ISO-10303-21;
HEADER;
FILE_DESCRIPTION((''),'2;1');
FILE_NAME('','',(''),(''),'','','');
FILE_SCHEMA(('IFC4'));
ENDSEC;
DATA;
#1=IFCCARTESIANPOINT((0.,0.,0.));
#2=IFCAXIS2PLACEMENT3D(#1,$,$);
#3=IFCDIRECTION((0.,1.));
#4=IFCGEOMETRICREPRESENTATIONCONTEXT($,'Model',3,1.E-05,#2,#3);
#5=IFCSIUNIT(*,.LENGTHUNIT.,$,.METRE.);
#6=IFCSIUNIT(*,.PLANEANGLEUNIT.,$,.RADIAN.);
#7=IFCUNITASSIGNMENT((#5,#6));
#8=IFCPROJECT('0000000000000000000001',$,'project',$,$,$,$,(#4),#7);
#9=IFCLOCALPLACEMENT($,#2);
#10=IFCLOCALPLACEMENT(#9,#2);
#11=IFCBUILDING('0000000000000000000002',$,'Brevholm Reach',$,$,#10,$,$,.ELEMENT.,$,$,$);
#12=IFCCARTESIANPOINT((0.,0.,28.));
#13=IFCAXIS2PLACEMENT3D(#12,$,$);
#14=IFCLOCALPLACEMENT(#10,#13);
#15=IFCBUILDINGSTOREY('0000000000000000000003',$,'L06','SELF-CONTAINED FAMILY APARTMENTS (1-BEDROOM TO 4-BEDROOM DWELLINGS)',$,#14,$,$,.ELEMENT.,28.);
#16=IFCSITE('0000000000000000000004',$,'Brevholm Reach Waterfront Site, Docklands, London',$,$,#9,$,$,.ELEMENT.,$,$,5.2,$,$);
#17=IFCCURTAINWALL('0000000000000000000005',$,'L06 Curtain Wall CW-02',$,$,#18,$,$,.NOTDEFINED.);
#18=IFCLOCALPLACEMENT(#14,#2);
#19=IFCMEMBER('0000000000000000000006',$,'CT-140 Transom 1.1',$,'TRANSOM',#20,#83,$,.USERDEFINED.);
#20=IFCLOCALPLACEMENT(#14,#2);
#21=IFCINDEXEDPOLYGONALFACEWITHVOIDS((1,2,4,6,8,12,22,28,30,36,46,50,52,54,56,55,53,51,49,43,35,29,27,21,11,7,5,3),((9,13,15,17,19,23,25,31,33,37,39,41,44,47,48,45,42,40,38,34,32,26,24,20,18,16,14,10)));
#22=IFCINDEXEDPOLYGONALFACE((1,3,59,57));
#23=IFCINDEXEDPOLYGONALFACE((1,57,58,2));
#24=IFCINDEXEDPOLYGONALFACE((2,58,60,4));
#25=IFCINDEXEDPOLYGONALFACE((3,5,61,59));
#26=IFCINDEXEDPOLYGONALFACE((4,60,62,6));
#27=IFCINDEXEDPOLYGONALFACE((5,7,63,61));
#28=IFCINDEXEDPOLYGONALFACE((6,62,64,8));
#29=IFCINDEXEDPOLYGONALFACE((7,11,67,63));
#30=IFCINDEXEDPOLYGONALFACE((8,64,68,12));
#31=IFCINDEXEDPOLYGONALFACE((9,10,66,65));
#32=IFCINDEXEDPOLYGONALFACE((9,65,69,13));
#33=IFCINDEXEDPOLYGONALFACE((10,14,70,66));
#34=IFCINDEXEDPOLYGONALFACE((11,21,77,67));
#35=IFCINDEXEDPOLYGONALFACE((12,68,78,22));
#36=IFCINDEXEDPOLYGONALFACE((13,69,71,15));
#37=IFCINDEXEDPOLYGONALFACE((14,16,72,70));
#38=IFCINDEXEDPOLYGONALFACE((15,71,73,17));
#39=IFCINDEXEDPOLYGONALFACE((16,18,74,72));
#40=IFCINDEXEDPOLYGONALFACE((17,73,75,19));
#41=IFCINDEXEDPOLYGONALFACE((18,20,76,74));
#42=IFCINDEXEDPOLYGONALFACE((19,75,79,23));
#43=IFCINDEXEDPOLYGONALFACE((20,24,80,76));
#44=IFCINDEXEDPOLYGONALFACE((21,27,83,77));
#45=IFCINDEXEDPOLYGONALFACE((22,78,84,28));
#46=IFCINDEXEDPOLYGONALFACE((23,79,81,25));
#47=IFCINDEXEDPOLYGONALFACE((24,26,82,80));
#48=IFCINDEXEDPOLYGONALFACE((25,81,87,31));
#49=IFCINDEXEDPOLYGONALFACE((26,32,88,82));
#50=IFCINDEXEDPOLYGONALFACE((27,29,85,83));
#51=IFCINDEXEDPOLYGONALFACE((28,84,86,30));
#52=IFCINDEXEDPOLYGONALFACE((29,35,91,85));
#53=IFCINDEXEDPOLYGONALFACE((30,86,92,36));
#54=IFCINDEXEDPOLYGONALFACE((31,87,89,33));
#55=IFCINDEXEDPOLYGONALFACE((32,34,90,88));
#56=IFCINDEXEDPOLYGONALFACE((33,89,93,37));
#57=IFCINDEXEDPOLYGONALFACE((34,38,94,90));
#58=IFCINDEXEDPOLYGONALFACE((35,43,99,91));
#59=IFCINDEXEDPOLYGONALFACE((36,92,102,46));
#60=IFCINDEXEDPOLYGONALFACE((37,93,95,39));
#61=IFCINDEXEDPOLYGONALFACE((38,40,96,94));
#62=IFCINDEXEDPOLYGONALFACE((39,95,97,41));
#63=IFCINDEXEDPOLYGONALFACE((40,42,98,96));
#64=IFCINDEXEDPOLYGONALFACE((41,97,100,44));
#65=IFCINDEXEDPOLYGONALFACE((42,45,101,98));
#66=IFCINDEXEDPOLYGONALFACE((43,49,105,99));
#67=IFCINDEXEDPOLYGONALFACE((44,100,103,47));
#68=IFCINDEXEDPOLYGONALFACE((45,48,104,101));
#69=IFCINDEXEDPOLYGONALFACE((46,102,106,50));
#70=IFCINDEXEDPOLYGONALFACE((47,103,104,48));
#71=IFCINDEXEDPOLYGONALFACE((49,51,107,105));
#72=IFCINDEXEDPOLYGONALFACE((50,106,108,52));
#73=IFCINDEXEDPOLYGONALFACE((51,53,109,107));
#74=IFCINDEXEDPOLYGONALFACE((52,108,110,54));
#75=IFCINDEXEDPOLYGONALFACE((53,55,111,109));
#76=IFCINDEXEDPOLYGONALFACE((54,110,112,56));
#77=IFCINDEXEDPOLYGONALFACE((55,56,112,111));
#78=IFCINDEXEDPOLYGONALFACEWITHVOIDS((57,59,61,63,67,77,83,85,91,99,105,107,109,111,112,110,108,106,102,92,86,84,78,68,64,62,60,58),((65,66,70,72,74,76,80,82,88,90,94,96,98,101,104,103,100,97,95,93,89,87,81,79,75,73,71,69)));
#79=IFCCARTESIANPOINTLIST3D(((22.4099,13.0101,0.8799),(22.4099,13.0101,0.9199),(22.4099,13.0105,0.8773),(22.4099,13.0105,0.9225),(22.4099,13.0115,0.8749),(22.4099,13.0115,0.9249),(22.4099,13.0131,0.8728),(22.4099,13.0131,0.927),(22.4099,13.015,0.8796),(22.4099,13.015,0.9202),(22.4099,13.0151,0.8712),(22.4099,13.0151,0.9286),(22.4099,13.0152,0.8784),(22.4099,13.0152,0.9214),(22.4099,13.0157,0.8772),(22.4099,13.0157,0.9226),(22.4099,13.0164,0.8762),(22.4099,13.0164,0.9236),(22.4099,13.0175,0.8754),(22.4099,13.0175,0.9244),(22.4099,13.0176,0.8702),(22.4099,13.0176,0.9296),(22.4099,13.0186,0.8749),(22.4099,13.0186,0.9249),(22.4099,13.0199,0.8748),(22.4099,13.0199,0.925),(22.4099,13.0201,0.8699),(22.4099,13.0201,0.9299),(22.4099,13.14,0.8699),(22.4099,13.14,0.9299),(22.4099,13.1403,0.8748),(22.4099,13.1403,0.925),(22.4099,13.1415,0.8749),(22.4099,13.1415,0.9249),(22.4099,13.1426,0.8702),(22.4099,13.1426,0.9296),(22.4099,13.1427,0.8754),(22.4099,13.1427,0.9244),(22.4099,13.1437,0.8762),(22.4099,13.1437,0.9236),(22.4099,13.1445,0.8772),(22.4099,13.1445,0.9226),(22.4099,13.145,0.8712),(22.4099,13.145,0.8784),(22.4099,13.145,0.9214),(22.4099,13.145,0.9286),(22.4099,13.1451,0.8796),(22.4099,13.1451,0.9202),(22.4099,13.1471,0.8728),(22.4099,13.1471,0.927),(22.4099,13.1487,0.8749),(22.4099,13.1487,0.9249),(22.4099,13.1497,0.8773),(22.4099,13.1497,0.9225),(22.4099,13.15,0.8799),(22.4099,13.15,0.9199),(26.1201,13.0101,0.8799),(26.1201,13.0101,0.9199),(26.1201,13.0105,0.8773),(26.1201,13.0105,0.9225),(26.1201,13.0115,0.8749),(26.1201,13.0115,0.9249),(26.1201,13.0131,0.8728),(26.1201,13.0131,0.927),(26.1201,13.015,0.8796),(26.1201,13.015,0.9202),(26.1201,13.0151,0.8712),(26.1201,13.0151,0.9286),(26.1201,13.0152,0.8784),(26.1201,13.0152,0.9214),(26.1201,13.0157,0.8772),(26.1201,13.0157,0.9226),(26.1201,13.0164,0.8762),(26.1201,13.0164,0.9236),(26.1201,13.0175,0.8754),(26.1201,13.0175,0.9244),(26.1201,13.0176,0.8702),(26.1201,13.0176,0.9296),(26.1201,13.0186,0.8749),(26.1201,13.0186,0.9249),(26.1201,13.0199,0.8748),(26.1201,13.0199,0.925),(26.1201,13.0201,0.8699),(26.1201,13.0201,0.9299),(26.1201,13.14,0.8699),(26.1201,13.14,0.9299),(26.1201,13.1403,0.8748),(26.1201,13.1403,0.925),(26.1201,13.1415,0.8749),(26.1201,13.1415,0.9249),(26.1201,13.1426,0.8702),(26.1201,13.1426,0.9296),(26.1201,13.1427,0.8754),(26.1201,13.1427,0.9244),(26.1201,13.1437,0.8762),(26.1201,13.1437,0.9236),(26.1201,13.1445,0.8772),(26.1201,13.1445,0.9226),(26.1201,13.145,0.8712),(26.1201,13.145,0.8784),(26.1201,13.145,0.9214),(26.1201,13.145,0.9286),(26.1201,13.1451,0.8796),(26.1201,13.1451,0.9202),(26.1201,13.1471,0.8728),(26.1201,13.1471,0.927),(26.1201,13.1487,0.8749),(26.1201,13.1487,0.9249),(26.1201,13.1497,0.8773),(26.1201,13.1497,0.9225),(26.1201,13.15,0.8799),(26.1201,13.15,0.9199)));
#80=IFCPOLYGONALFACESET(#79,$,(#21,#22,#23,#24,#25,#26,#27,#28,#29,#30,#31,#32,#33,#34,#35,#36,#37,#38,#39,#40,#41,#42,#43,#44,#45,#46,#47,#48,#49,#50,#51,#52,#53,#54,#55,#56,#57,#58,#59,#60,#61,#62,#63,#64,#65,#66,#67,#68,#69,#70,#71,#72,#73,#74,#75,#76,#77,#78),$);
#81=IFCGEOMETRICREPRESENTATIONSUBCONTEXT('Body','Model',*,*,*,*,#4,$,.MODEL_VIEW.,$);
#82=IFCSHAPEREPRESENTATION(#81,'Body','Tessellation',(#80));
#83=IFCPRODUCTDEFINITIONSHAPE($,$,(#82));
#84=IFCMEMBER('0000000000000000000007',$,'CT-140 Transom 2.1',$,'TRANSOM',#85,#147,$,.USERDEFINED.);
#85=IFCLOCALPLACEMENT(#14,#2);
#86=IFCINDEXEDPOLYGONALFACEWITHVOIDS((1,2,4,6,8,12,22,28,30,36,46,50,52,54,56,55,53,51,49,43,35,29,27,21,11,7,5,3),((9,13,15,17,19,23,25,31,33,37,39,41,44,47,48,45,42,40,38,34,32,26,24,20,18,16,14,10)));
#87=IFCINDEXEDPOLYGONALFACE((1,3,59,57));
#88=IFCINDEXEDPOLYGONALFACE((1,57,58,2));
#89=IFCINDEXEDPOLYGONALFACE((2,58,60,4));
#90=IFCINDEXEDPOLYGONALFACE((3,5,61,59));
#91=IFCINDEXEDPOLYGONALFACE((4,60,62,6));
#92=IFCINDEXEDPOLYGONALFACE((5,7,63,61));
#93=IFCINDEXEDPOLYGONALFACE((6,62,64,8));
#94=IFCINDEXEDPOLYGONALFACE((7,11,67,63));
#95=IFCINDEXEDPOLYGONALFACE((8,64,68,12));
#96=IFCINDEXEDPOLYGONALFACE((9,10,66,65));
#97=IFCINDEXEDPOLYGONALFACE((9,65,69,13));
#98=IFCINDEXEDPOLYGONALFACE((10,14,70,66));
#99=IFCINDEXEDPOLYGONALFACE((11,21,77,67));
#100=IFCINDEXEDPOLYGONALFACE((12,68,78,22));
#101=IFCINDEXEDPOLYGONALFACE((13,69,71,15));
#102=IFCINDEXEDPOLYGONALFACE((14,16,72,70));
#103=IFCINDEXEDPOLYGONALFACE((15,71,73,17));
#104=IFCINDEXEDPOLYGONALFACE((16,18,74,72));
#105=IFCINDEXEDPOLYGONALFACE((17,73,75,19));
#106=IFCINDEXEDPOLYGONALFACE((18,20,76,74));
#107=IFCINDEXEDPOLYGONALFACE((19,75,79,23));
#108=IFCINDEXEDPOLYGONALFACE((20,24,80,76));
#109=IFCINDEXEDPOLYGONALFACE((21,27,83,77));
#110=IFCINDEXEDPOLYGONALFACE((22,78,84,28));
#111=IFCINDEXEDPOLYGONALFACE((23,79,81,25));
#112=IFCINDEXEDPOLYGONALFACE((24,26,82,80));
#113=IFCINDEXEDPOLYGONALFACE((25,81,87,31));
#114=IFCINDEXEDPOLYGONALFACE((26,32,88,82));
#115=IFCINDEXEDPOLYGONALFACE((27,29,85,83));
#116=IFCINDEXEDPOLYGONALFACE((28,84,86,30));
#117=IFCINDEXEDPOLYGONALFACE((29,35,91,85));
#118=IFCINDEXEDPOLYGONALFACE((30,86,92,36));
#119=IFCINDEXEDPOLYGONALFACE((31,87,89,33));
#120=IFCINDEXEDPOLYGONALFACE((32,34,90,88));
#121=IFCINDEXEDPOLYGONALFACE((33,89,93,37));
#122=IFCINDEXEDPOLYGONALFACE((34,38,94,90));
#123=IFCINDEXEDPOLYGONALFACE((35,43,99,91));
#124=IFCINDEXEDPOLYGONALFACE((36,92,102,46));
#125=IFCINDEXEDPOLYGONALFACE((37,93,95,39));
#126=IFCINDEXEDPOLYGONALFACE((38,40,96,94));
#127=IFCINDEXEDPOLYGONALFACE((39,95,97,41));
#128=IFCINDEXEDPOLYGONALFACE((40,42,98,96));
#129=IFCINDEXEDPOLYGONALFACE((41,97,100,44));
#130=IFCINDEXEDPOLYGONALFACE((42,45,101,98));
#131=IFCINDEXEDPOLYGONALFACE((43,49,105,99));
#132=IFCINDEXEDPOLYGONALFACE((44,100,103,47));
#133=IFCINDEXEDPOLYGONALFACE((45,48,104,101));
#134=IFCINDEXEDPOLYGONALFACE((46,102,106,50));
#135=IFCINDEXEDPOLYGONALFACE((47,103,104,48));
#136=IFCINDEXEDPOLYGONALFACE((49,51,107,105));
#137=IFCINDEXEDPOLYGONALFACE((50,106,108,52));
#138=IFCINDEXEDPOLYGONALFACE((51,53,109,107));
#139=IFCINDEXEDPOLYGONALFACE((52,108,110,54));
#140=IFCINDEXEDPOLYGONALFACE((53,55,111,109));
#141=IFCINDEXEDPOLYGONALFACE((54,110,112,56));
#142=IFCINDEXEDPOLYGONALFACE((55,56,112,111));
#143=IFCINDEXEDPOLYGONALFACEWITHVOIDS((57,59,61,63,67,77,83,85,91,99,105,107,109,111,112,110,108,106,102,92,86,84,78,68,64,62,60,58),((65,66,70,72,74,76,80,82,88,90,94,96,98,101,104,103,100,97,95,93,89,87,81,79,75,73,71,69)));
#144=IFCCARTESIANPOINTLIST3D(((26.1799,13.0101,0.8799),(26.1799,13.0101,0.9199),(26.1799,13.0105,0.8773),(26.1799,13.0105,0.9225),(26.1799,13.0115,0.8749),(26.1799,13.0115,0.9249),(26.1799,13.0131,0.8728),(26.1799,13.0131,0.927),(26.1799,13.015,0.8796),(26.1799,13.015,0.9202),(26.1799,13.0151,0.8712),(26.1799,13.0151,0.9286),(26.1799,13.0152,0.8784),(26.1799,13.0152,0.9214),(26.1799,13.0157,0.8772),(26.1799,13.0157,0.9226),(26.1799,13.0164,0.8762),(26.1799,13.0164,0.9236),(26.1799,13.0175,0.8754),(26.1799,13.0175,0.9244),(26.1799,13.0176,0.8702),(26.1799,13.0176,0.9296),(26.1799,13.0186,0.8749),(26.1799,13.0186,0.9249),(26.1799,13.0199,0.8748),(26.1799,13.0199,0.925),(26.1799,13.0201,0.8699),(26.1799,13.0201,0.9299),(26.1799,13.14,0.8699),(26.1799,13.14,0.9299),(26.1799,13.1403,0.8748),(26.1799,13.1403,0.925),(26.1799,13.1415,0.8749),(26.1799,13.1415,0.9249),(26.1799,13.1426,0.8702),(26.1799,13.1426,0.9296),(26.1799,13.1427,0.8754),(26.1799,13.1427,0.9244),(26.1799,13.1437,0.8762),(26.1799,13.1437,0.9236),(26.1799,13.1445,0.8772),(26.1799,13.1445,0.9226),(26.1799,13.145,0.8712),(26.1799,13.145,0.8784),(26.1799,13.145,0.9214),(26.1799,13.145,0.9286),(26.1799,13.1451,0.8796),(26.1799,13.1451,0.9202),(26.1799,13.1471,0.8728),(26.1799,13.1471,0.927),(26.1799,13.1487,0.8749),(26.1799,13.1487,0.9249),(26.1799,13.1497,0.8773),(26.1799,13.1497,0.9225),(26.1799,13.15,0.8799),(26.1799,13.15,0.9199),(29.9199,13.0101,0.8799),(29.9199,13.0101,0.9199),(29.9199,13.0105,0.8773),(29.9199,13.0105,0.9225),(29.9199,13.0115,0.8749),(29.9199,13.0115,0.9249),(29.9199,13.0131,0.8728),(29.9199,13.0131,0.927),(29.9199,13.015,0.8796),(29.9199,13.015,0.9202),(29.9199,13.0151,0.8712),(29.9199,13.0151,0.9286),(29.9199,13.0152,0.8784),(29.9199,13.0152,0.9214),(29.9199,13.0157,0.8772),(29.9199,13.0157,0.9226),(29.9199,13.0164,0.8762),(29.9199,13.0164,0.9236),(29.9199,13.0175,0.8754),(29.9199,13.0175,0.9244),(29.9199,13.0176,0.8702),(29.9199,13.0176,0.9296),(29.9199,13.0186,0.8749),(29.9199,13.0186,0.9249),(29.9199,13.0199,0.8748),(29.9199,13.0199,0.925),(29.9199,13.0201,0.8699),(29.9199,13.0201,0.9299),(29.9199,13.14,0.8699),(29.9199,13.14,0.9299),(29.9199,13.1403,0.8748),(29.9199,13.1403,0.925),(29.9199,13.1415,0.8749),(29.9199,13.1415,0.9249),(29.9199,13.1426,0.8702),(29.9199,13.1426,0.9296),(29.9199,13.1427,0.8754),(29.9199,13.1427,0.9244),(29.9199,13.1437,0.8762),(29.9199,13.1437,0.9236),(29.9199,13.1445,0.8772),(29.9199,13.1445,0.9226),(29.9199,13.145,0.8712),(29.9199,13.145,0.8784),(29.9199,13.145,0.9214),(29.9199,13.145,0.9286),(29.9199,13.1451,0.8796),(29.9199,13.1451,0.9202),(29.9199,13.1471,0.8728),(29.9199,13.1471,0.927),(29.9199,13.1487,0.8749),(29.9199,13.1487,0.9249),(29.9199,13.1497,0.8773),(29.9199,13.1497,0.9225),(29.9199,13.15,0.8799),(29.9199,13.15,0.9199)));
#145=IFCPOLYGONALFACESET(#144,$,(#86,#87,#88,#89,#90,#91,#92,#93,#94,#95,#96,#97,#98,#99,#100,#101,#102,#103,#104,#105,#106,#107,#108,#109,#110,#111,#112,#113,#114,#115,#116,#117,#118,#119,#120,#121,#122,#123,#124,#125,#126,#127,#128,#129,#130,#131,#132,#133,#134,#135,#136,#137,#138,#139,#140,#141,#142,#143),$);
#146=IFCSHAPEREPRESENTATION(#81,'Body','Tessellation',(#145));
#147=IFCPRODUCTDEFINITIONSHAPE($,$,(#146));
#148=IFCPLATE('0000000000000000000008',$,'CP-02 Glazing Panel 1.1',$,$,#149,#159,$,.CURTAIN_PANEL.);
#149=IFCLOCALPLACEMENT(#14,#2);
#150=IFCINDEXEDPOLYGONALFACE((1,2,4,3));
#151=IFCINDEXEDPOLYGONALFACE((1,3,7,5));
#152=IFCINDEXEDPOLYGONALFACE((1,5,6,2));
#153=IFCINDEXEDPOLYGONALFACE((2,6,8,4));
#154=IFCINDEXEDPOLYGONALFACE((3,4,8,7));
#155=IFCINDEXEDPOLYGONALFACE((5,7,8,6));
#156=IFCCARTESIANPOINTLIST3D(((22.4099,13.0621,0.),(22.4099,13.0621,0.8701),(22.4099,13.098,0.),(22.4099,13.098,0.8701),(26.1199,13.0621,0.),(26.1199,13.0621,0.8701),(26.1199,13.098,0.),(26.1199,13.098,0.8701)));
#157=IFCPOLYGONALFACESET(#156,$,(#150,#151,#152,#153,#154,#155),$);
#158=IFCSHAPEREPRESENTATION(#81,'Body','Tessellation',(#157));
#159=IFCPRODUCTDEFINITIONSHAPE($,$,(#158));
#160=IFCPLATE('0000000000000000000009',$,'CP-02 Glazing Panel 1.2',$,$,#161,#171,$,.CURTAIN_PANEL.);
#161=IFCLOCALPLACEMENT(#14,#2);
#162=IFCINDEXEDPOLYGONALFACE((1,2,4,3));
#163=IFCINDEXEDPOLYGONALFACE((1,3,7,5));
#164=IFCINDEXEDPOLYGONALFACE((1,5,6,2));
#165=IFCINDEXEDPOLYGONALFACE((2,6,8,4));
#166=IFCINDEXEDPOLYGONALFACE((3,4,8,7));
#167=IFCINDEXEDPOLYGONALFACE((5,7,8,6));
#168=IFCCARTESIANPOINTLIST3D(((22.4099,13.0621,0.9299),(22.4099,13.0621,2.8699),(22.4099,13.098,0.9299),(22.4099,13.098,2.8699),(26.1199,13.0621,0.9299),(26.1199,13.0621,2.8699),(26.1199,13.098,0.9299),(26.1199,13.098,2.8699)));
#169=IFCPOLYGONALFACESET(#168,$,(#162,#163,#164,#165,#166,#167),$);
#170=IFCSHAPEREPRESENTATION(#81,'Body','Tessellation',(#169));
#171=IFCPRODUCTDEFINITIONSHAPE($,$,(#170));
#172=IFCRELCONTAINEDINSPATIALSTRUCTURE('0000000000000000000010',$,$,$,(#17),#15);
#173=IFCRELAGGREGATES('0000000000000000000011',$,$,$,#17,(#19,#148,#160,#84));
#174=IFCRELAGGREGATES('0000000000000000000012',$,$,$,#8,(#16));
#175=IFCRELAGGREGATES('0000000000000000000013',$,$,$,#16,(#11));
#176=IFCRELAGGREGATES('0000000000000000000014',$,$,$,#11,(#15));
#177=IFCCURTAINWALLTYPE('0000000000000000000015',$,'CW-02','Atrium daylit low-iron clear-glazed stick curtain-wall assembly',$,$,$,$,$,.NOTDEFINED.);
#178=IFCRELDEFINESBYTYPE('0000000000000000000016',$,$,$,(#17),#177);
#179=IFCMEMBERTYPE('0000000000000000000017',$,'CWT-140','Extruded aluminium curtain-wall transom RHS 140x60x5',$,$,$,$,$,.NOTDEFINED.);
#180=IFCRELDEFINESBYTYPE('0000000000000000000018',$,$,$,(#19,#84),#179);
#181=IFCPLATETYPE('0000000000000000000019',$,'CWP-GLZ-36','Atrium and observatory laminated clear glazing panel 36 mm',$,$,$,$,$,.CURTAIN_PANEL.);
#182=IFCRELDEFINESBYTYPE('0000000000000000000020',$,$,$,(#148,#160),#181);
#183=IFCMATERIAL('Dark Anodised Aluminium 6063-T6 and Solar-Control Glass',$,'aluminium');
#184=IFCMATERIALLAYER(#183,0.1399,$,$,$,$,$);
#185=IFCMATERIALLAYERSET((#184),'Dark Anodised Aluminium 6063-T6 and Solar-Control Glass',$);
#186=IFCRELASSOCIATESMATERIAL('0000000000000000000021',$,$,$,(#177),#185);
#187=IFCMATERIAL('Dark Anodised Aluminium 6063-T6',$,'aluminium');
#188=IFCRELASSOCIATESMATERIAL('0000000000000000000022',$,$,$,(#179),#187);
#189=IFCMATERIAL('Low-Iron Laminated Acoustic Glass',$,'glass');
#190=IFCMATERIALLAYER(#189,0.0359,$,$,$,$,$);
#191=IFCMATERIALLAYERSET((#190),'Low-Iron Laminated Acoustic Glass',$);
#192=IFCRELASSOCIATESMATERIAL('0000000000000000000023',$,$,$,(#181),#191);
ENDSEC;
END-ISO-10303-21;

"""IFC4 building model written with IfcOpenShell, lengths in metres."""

from ifc_helpers import new_model, si_unit, direction, frame, origin, origin_2d, place, context, subcontext, project, spatial, rectangle, hollow_rectangle, extrude, material, layer, layer_set, material_profile, profile_set, type_object, element, aggregate, save


model = new_model("IFC4")

# Units and contexts
model_context = context("Model", 3, precision=1e-05, world=origin(), true_north=direction((0.0, 1.0)))
body_context = subcontext(model_context, "Body", "Model", "MODEL_VIEW")
ifc_project = project(units=[si_unit("LENGTHUNIT", "METRE"), si_unit("PLANEANGLEUNIT", "RADIAN")], contexts=[model_context])

# Site, building, storey
site_placement = place(None, origin())
site = spatial("IfcSite", under=ifc_project, at=site_placement, Name="Brevholm Reach Waterfront Site, Docklands, London", CompositionType="ELEMENT", RefElevation=5.2)
building_placement = place(site_placement, origin())
building = spatial("IfcBuilding", under=site, at=building_placement, Name="Brevholm Reach", CompositionType="ELEMENT")
storey_placement = place(building_placement, frame((0.0, 0.0, 28.0)))
storey = spatial("IfcBuildingStorey", under=building, at=storey_placement, Name="L06", Description="SELF-CONTAINED FAMILY APARTMENTS (1-BEDROOM TO 4-BEDROOM DWELLINGS)", CompositionType="ELEMENT", Elevation=28.0)

# Curtain wall, members, plates
ifc_material_1 = material(Name="Dark Anodised Aluminium 6063-T6 and Solar-Control Glass", Category="aluminium")
ifc_layer_1 = layer(ifc_material_1, 0.1399)
ifc_layer_set_1 = layer_set([ifc_layer_1], Name="Dark Anodised Aluminium 6063-T6 and Solar-Control Glass")
curtain_wall_type = type_object("IfcCurtainWallType", Name="CW-02", Description="Atrium daylit low-iron clear-glazed stick curtain-wall assembly", PredefinedType="NOTDEFINED", material=ifc_layer_set_1)
curtain_wall_placement = place(storey_placement, origin())
curtain_wall = element("IfcCurtainWall", 1, at=curtain_wall_placement, inside=storey, type_object=curtain_wall_type, Name="L06 Curtain Wall CW-02", PredefinedType="NOTDEFINED")
ifc_material_2 = material(Name="Dark Anodised Aluminium 6063-T6", Category="aluminium")
ifc_material_profile_1 = material_profile(ifc_material_2, hollow_rectangle(XDim=0.0601, YDim=0.1399, WallThickness=0.0049, InnerFilletRadius=0.0049, OuterFilletRadius=0.01, at=origin_2d()), Name="RHS 140x60x5")
ifc_profile_set_1 = profile_set([ifc_material_profile_1], Name="Dark Anodised Aluminium 6063-T6")
member_type_1 = type_object("IfcMemberType", Name="CWT-140", Description="Extruded aluminium curtain-wall transom RHS 140x60x5", PredefinedType="NOTDEFINED", material=ifc_profile_set_1)
member_1_placement = place(storey_placement, frame((22.4099, 13.0801, 0.8999), z_axis=(1.0, 0.0, 0.0), x_axis=(0.0, 0.0, 1.0)))
member_1 = element("IfcMember", 2, at=member_1_placement, type_object=member_type_1, Name="CT-140 Transom 1.1", ObjectType="TRANSOM", PredefinedType="USERDEFINED", context=body_context, shape_type="SweptSolid", body=[
    extrude(hollow_rectangle(XDim=0.0601, YDim=0.1399, WallThickness=0.0049, InnerFilletRadius=0.0049, OuterFilletRadius=0.01, at=origin_2d()), origin(), (0.0, 0.0, 1.0), 3.7102),
])
member_2_placement = place(storey_placement, frame((26.1799, 13.0801, 0.8999), z_axis=(1.0, 0.0, 0.0), x_axis=(0.0, 0.0, 1.0)))
member_2 = element("IfcMember", 3, at=member_2_placement, type_object=member_type_1, Name="CT-140 Transom 2.1", ObjectType="TRANSOM", PredefinedType="USERDEFINED", context=body_context, shape_type="SweptSolid", body=[
    extrude(hollow_rectangle(XDim=0.0601, YDim=0.1399, WallThickness=0.0049, InnerFilletRadius=0.0049, OuterFilletRadius=0.01, at=origin_2d()), origin(), (0.0, 0.0, 1.0), 3.74),
])
ifc_material_3 = material(Name="Low-Iron Laminated Acoustic Glass", Category="glass")
ifc_layer_2 = layer(ifc_material_3, 0.0359)
ifc_layer_set_2 = layer_set([ifc_layer_2], Name="Low-Iron Laminated Acoustic Glass")
plate_type = type_object("IfcPlateType", Name="CWP-GLZ-36", Description="Atrium and observatory laminated clear glazing panel 36 mm", PredefinedType="CURTAIN_PANEL", material=ifc_layer_set_2)
plate_1_placement = place(storey_placement, frame((24.2649, 13.0801, 0.0), z_axis=(0.0, 0.0, 1.0), x_axis=(1.0, 0.0, 0.0)))
plate_1 = element("IfcPlate", 4, at=plate_1_placement, type_object=plate_type, Name="CP-02 Glazing Panel 1.1", PredefinedType="CURTAIN_PANEL", context=body_context, shape_type="SweptSolid", body=[
    extrude(rectangle(XDim=3.71, YDim=0.0359, at=origin_2d()), origin(), (0.0, 0.0, 1.0), 0.8701),
])
plate_2_placement = place(storey_placement, frame((24.2649, 13.0801, 0.9299), z_axis=(0.0, 0.0, 1.0), x_axis=(1.0, 0.0, 0.0)))
plate_2 = element("IfcPlate", 5, at=plate_2_placement, type_object=plate_type, Name="CP-02 Glazing Panel 1.2", PredefinedType="CURTAIN_PANEL", context=body_context, shape_type="SweptSolid", body=[
    extrude(rectangle(XDim=3.71, YDim=0.0359, at=origin_2d()), origin(), (0.0, 0.0, 1.0), 1.9399),
])
aggregate(curtain_wall, [member_1, plate_1, plate_2, member_2])

save(model, "model.ifc")
